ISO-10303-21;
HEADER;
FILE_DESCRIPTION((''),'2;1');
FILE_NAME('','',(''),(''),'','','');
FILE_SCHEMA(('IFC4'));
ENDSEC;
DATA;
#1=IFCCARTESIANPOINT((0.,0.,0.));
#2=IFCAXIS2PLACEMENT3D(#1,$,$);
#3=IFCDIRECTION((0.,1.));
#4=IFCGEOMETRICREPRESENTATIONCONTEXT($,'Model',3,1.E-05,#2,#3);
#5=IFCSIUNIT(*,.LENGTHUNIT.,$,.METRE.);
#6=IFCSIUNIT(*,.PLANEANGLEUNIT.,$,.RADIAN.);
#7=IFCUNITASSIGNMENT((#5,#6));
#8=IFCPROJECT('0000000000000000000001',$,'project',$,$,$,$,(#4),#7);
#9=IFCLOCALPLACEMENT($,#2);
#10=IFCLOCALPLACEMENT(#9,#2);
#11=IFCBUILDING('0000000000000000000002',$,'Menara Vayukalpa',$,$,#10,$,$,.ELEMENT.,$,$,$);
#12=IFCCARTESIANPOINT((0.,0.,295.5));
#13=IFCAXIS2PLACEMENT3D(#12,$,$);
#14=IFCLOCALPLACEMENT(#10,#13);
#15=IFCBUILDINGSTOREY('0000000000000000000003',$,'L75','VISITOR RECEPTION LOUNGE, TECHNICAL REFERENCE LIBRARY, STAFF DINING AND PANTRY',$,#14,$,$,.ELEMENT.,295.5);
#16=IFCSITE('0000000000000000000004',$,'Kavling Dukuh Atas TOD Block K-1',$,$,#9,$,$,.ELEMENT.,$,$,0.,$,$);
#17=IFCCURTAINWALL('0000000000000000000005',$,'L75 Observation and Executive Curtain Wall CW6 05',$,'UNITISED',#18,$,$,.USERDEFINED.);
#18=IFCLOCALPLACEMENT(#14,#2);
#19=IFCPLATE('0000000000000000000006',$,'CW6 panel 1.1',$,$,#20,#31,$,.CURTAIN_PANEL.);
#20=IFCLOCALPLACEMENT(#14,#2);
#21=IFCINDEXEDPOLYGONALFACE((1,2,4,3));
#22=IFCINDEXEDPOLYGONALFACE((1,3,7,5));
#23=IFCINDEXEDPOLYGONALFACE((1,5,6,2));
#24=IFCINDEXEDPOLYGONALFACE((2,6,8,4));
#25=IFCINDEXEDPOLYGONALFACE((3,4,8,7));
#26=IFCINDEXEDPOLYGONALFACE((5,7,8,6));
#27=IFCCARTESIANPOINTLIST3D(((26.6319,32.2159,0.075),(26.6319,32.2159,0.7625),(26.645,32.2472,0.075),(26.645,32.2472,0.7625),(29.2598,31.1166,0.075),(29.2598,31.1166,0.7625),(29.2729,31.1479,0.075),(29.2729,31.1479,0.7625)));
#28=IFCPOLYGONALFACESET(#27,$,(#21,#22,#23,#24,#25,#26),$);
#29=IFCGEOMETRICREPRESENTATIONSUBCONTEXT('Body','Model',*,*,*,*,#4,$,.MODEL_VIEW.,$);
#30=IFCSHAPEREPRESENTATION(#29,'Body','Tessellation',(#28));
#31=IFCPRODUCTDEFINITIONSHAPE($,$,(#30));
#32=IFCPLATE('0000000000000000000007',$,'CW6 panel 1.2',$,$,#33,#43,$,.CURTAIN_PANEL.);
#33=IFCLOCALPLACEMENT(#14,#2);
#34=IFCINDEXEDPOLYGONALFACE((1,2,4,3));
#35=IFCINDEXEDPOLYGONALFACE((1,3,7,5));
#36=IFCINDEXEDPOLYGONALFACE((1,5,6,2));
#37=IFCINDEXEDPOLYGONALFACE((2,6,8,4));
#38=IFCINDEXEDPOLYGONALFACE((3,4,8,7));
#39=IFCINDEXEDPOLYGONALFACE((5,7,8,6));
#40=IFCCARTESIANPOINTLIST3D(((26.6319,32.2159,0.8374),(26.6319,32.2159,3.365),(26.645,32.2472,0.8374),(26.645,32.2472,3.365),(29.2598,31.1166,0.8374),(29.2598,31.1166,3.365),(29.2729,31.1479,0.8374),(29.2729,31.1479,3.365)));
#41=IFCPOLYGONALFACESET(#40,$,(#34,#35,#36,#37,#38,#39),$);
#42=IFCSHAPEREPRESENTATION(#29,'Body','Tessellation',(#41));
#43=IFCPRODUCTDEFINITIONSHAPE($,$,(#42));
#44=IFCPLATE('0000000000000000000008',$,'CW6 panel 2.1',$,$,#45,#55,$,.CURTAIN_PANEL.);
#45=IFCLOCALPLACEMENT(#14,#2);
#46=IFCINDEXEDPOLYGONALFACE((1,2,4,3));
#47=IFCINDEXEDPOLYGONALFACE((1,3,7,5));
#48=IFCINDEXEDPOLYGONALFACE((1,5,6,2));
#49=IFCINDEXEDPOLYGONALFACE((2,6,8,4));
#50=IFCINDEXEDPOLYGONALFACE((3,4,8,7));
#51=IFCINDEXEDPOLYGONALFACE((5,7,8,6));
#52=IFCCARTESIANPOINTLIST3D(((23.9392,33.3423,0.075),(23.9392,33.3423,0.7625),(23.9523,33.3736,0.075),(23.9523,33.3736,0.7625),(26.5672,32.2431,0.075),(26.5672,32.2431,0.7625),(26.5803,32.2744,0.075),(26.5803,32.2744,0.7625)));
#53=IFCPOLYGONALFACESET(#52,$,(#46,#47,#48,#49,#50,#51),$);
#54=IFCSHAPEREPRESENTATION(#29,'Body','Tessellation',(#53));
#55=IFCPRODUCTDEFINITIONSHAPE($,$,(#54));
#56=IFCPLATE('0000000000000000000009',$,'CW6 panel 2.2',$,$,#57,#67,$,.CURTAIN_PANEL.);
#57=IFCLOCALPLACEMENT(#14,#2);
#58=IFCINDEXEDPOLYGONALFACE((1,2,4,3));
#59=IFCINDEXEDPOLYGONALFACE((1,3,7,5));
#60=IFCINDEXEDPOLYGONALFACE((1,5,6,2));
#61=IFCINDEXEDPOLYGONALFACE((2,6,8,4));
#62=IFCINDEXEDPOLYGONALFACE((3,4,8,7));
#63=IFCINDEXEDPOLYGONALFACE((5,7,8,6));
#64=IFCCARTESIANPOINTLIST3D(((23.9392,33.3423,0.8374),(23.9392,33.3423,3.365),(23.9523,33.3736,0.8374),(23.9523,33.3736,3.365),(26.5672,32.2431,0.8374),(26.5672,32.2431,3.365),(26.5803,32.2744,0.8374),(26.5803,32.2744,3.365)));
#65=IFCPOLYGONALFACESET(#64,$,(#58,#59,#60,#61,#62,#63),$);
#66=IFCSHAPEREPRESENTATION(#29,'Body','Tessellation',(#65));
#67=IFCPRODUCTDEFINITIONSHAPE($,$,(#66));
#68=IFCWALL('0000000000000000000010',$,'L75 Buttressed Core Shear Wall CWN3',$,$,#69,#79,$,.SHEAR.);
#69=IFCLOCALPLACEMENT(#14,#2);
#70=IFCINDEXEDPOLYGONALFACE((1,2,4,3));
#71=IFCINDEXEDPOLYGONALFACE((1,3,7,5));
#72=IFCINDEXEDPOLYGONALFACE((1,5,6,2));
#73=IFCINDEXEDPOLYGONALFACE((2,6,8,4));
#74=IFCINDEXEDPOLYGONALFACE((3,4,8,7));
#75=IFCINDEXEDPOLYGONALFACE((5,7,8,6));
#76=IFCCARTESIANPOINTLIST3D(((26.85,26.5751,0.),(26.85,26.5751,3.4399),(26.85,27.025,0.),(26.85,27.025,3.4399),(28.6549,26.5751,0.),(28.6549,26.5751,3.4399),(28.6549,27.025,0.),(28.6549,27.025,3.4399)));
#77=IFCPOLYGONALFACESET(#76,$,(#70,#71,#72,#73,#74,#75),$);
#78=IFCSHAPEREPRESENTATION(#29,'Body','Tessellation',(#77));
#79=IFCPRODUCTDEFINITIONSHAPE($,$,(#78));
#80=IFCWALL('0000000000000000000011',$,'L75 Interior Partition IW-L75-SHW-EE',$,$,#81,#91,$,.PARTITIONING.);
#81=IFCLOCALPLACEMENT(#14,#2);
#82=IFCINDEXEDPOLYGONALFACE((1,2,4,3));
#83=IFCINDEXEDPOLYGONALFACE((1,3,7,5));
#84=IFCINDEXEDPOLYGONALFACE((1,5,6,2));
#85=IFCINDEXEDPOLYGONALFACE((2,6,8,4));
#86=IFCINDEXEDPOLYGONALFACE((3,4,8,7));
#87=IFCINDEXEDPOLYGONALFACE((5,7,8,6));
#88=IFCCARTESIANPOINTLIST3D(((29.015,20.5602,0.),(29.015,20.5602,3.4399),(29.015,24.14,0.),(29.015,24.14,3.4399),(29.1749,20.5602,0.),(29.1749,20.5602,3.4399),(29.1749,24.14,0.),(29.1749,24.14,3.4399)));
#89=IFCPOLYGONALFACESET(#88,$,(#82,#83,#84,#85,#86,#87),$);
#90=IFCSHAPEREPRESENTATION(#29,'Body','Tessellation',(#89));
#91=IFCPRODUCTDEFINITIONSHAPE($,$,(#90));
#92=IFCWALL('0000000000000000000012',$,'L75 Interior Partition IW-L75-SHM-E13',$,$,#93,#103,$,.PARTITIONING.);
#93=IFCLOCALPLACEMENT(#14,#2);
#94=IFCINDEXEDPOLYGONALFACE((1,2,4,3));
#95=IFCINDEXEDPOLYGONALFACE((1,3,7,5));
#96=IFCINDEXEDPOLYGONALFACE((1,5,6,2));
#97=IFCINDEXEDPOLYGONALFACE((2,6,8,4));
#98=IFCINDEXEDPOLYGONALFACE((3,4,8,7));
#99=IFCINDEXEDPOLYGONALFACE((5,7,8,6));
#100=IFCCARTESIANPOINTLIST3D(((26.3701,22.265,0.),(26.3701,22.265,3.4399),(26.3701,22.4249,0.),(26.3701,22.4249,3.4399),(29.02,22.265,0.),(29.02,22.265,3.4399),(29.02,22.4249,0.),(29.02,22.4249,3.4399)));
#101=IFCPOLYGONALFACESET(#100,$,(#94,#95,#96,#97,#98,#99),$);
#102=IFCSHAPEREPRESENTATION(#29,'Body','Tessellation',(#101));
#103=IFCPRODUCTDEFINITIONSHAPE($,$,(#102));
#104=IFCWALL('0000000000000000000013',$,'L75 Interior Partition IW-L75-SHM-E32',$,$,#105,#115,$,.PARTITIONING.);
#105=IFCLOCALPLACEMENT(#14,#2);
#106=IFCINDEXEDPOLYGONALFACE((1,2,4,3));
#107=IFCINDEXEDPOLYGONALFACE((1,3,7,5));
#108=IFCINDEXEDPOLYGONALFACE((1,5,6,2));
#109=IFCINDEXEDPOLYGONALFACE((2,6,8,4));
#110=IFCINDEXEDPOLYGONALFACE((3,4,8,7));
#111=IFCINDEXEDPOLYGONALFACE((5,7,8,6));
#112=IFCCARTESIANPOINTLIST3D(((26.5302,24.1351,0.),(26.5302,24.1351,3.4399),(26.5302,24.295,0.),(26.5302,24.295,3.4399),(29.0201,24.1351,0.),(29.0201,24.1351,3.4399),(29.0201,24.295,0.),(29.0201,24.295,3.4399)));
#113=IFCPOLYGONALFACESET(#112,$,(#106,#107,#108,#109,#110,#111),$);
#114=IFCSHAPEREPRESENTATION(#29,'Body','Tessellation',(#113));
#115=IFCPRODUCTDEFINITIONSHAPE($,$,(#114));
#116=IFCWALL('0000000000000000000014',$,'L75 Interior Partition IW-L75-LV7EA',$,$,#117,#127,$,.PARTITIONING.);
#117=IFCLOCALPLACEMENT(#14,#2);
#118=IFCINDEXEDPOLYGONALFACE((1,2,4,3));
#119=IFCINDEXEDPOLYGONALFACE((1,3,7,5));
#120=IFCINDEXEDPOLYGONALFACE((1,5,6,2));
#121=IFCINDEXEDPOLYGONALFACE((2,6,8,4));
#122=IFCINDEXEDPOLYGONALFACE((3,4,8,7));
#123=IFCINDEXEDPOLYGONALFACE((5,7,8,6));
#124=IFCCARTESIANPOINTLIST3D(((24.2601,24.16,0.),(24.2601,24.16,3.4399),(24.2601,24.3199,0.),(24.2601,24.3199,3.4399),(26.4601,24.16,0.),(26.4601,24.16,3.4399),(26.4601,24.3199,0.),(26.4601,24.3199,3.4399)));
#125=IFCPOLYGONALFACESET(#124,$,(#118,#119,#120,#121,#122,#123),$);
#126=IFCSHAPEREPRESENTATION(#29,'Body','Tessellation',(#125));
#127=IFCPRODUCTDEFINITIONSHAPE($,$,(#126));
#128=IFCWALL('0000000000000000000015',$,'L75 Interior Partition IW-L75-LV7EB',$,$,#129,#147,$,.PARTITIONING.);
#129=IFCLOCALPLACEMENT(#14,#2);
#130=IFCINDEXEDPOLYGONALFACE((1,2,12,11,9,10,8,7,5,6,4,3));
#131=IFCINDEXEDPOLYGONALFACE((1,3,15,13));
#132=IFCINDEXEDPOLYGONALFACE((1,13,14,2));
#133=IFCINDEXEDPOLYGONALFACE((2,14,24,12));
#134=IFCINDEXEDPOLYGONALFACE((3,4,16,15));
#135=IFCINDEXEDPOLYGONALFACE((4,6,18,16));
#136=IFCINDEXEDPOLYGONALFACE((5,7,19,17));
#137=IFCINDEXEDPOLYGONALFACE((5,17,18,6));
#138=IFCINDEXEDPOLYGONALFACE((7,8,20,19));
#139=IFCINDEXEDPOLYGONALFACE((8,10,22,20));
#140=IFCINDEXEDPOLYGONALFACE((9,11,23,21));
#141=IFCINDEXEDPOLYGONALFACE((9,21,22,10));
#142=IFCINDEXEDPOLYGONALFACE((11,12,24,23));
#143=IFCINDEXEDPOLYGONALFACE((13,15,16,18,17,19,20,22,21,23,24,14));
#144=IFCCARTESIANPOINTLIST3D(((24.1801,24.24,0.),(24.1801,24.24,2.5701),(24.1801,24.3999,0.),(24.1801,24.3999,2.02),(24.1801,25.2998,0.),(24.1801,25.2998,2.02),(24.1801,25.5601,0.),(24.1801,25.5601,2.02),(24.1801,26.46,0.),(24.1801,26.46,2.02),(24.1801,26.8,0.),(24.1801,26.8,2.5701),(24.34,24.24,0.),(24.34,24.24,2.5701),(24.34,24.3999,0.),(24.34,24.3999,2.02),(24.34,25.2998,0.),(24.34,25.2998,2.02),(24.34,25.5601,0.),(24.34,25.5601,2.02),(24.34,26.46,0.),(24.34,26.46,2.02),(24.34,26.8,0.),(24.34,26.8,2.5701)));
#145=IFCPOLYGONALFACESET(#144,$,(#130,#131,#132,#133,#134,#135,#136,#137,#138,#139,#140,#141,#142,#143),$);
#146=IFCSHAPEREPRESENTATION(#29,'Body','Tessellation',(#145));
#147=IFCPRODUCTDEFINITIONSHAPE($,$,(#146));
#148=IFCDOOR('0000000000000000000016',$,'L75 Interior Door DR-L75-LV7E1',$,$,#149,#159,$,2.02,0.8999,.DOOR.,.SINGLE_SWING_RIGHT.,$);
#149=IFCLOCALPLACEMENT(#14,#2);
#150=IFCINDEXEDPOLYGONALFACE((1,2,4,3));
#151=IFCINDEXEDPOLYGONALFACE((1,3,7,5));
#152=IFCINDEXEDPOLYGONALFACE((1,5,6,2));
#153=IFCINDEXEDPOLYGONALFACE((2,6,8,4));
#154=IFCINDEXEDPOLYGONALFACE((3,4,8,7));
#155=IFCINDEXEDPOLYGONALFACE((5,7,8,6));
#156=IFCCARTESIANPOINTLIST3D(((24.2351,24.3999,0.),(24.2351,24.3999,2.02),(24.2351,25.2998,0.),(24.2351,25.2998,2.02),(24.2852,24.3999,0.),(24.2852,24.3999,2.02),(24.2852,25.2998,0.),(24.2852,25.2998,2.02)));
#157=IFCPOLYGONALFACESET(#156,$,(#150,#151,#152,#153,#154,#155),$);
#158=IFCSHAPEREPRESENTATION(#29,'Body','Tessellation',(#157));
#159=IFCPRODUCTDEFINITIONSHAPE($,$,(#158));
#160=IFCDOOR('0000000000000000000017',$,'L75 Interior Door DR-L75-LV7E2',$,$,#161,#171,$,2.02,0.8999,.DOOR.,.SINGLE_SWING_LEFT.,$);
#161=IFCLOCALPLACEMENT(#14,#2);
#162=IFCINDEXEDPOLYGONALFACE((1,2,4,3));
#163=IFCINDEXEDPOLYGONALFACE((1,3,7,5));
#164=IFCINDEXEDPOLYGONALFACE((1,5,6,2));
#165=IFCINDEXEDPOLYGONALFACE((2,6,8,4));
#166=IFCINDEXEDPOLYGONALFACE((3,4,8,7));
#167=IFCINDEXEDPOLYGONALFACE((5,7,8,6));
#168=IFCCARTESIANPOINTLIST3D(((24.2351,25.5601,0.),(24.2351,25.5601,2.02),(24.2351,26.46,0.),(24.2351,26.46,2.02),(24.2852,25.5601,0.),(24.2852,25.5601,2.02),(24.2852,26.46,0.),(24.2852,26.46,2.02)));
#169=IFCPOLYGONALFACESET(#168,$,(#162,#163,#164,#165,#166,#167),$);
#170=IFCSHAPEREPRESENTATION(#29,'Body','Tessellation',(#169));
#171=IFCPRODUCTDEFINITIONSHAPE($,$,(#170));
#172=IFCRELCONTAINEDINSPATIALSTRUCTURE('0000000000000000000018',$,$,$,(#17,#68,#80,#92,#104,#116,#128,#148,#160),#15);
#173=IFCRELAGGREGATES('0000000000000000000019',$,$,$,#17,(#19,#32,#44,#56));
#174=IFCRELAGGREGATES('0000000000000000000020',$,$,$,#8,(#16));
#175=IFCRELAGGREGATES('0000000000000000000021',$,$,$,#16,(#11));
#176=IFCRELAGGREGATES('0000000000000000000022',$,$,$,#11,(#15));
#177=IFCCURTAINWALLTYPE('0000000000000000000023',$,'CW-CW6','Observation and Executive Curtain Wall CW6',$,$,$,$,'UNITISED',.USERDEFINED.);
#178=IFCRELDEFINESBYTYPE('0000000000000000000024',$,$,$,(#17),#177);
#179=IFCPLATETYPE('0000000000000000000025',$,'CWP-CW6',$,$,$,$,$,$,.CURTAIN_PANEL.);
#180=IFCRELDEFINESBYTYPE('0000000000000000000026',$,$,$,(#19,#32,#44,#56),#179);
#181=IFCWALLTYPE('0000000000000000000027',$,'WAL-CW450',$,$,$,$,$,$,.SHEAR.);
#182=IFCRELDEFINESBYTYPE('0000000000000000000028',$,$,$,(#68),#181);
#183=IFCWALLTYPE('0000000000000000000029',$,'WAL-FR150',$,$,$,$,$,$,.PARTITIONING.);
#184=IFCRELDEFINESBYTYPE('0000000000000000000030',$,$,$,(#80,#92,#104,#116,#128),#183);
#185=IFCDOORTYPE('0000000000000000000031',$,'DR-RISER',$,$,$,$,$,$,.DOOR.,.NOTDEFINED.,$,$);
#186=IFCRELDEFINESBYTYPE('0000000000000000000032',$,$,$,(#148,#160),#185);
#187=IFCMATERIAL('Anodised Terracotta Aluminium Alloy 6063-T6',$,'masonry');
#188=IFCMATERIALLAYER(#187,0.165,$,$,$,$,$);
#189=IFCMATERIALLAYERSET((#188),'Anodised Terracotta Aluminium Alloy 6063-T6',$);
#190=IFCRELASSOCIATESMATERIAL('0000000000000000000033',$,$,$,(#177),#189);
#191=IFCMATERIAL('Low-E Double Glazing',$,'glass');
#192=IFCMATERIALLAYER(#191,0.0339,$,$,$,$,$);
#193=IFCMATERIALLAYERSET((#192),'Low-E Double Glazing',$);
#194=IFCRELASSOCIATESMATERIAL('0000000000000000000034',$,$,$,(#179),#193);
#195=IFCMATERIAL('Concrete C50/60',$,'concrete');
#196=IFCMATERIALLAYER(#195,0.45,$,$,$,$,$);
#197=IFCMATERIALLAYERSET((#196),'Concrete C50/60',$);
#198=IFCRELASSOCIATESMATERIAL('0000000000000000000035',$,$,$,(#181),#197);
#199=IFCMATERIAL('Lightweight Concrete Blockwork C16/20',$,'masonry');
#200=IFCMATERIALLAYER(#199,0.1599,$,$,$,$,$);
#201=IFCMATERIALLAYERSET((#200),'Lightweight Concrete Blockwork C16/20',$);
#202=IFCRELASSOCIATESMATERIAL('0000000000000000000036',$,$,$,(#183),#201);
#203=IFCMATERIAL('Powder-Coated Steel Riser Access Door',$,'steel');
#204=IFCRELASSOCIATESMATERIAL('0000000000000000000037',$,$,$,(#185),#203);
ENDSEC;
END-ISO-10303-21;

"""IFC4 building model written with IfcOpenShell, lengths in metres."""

from ifc_helpers import new_model, si_unit, direction, frame, frame_2d, origin, origin_2d, place, context, subcontext, project, spatial, rectangle, extrude, material, layer, layer_set, type_object, element, fill, aggregate, save


model = new_model("IFC4")

# Units and contexts
model_context = context("Model", 3, precision=1e-05, world=origin(), true_north=direction((0.0, 1.0)))
body_context = subcontext(model_context, "Body", "Model", "MODEL_VIEW")
ifc_project = project(units=[si_unit("LENGTHUNIT", "METRE"), si_unit("PLANEANGLEUNIT", "RADIAN")], contexts=[model_context])

# Site, building, storey
site_placement = place(None, origin())
site = spatial("IfcSite", under=ifc_project, at=site_placement, Name="Kavling Dukuh Atas TOD Block K-1", CompositionType="ELEMENT", RefElevation=0.0)
building_placement = place(site_placement, origin())
building = spatial("IfcBuilding", under=site, at=building_placement, Name="Menara Vayukalpa", CompositionType="ELEMENT")
storey_placement = place(building_placement, frame((0.0, 0.0, 295.5)))
storey = spatial("IfcBuildingStorey", under=building, at=storey_placement, Name="L75", Description="VISITOR RECEPTION LOUNGE, TECHNICAL REFERENCE LIBRARY, STAFF DINING AND PANTRY", CompositionType="ELEMENT", Elevation=295.5)

# Shared definitions
ifc_material_1 = material(Name="Anodised Terracotta Aluminium Alloy 6063-T6", Category="masonry")
ifc_layer_1 = layer(ifc_material_1, 0.165)
ifc_layer_set_1 = layer_set([ifc_layer_1], Name="Anodised Terracotta Aluminium Alloy 6063-T6")
curtain_wall_type = type_object("IfcCurtainWallType", Name="CW-CW6", Description="Observation and Executive Curtain Wall CW6", ElementType="UNITISED", PredefinedType="USERDEFINED", material=ifc_layer_set_1)

# Curtain wall, plates
curtain_wall_1_placement = place(storey_placement, origin())
curtain_wall_1 = element("IfcCurtainWall", 1, at=curtain_wall_1_placement, inside=storey, type_object=curtain_wall_type, Name="L75 Observation and Executive Curtain Wall CW6 05", ObjectType="UNITISED", PredefinedType="USERDEFINED")
ifc_material_2 = material(Name="Low-E Double Glazing", Category="glass")
ifc_layer_2 = layer(ifc_material_2, 0.0339)
ifc_layer_set_2 = layer_set([ifc_layer_2], Name="Low-E Double Glazing")
plate_type = type_object("IfcPlateType", Name="CWP-CW6", PredefinedType="CURTAIN_PANEL", material=ifc_layer_set_2)
plate_1_placement = place(storey_placement, frame((27.9524, 31.6819, 0.075), z_axis=(0.0, 0.0, 1.0), x_axis=(-0.922541, 0.3859, 0.0)))
plate_1 = element("IfcPlate", 2, at=plate_1_placement, type_object=plate_type, Name="CW6 panel 1.1", PredefinedType="CURTAIN_PANEL", context=body_context, shape_type="SweptSolid", body=[
    extrude(rectangle(XDim=2.8486, YDim=0.0339, at=origin_2d()), origin(), (0.0, 0.0, 1.0), 0.6875),
])
plate_2_placement = place(storey_placement, frame((27.9524, 31.6819, 0.8374), z_axis=(0.0, 0.0, 1.0), x_axis=(-0.922541, 0.3859, 0.0)))
plate_2 = element("IfcPlate", 3, at=plate_2_placement, type_object=plate_type, Name="CW6 panel 1.2", PredefinedType="CURTAIN_PANEL", context=body_context, shape_type="SweptSolid", body=[
    extrude(rectangle(XDim=2.8486, YDim=0.0339, at=origin_2d()), origin(), (0.0, 0.0, 1.0), 2.5276),
])
plate_3_placement = place(storey_placement, frame((25.2598, 32.8083, 0.075), z_axis=(0.0, 0.0, 1.0), x_axis=(-0.922541, 0.3859, 0.0)))
plate_3 = element("IfcPlate", 4, at=plate_3_placement, type_object=plate_type, Name="CW6 panel 2.1", PredefinedType="CURTAIN_PANEL", context=body_context, shape_type="SweptSolid", body=[
    extrude(rectangle(XDim=2.8486, YDim=0.0339, at=origin_2d()), origin(), (0.0, 0.0, 1.0), 0.6875),
])
plate_4_placement = place(storey_placement, frame((25.2598, 32.8083, 0.8374), z_axis=(0.0, 0.0, 1.0), x_axis=(-0.922541, 0.3859, 0.0)))
plate_4 = element("IfcPlate", 5, at=plate_4_placement, type_object=plate_type, Name="CW6 panel 2.2", PredefinedType="CURTAIN_PANEL", context=body_context, shape_type="SweptSolid", body=[
    extrude(rectangle(XDim=2.8486, YDim=0.0339, at=origin_2d()), origin(), (0.0, 0.0, 1.0), 2.5276),
])
aggregate(curtain_wall_1, [plate_1, plate_2, plate_3, plate_4])

# Walls
ifc_material_3 = material(Name="Concrete C50/60", Category="concrete")
ifc_layer_3 = layer(ifc_material_3, 0.45)
ifc_layer_set_3 = layer_set([ifc_layer_3], Name="Concrete C50/60")
wall_type_1 = type_object("IfcWallType", Name="WAL-CW450", PredefinedType="SHEAR", material=ifc_layer_set_3)
wall_1_placement = place(storey_placement, frame((26.8501, 26.8, 0.0), z_axis=(0.0, 0.0, 1.0), x_axis=(1.0, 0.0, 0.0)))
element("IfcWall", 6, at=wall_1_placement, inside=storey, type_object=wall_type_1, Name="L75 Buttressed Core Shear Wall CWN3", PredefinedType="SHEAR", context=body_context, shape_type="SweptSolid", body=[
    extrude(rectangle(XDim=1.8049, YDim=0.45, at=frame_2d((0.9023, 0.0))), origin(), (0.0, 0.0, 1.0), 3.4399),
])
ifc_material_4 = material(Name="Lightweight Concrete Blockwork C16/20", Category="masonry")
ifc_layer_4 = layer(ifc_material_4, 0.1599)
ifc_layer_set_4 = layer_set([ifc_layer_4], Name="Lightweight Concrete Blockwork C16/20")
wall_type_2 = type_object("IfcWallType", Name="WAL-FR150", PredefinedType="PARTITIONING", material=ifc_layer_set_4)
wall_2_placement = place(storey_placement, frame((29.095, 20.5601, 0.0), z_axis=(0.0, 0.0, 1.0), x_axis=(0.0, 1.0, 0.0)))
element("IfcWall", 7, at=wall_2_placement, inside=storey, type_object=wall_type_2, Name="L75 Interior Partition IW-L75-SHW-EE", PredefinedType="PARTITIONING", context=body_context, shape_type="SweptSolid", body=[
    extrude(rectangle(XDim=3.5798, YDim=0.1599, at=frame_2d((1.79, 0.0))), origin(), (0.0, 0.0, 1.0), 3.4399),
])
wall_3_placement = place(storey_placement, frame((26.3701, 22.345, 0.0), z_axis=(0.0, 0.0, 1.0), x_axis=(1.0, 0.0, 0.0)))
element("IfcWall", 8, at=wall_3_placement, inside=storey, type_object=wall_type_2, Name="L75 Interior Partition IW-L75-SHM-E13", PredefinedType="PARTITIONING", context=body_context, shape_type="SweptSolid", body=[
    extrude(rectangle(XDim=2.6499, YDim=0.1599, at=frame_2d((1.325, 0.0))), origin(), (0.0, 0.0, 1.0), 3.4399),
])
wall_4_placement = place(storey_placement, frame((26.53, 24.2151, 0.0), z_axis=(0.0, 0.0, 1.0), x_axis=(1.0, 0.0, 0.0)))
element("IfcWall", 9, at=wall_4_placement, inside=storey, type_object=wall_type_2, Name="L75 Interior Partition IW-L75-SHM-E32", PredefinedType="PARTITIONING", context=body_context, shape_type="SweptSolid", body=[
    extrude(rectangle(XDim=2.49, YDim=0.1599, at=frame_2d((1.2451, 0.0))), origin(), (0.0, 0.0, 1.0), 3.4399),
])
wall_5_placement = place(storey_placement, frame((24.26, 24.24, 0.0), z_axis=(0.0, 0.0, 1.0), x_axis=(1.0, 0.0, 0.0)))
element("IfcWall", 10, at=wall_5_placement, inside=storey, type_object=wall_type_2, Name="L75 Interior Partition IW-L75-LV7EA", PredefinedType="PARTITIONING", context=body_context, shape_type="SweptSolid", body=[
    extrude(rectangle(XDim=2.2, YDim=0.1599, at=frame_2d((1.1001, 0.0))), origin(), (0.0, 0.0, 1.0), 3.4399),
])

# Wall, openings, doors
wall_6_placement = place(storey_placement, frame((24.26, 24.24, 0.0), z_axis=(0.0, 0.0, 1.0), x_axis=(0.0, 1.0, 0.0)))
wall_6 = element("IfcWall", 11, at=wall_6_placement, inside=storey, type_object=wall_type_2, Name="L75 Interior Partition IW-L75-LV7EB", PredefinedType="PARTITIONING", context=body_context, shape_type="SweptSolid", body=[
    extrude(rectangle(XDim=2.5601, YDim=0.1599, at=frame_2d((1.28, 0.0))), origin(), (0.0, 0.0, 1.0), 2.5701),
])
opening_1_placement = place(wall_6_placement, frame((0.1599, 0.0, 0.0)))
opening_1 = element("IfcOpeningElement", 12, at=opening_1_placement, cuts=wall_6, PredefinedType="OPENING", context=body_context, shape_type="SweptSolid", body=[
    extrude(rectangle(XDim=0.8999, YDim=2.02, at=frame_2d((0.45, 1.01))), frame((0.0, 0.0898, 0.0), z_axis=(0.0, -1.0, 0.0), x_axis=(1.0, 0.0, 0.0)), (0.0, 0.0, 1.0), 0.1799),
])
opening_2_placement = place(wall_6_placement, frame((1.3201, 0.0, 0.0)))
opening_2 = element("IfcOpeningElement", 13, at=opening_2_placement, cuts=wall_6, PredefinedType="OPENING", context=body_context, shape_type="SweptSolid", body=[
    extrude(rectangle(XDim=0.8999, YDim=2.02, at=frame_2d((0.45, 1.01))), frame((0.0, 0.0898, 0.0), z_axis=(0.0, -1.0, 0.0), x_axis=(1.0, 0.0, 0.0)), (0.0, 0.0, 1.0), 0.1799),
])
ifc_material_5 = material(Name="Powder-Coated Steel Riser Access Door", Category="steel")
door_type_1 = type_object("IfcDoorType", Name="DR-RISER", OperationType="NOTDEFINED", PredefinedType="DOOR", material=ifc_material_5)
door_1_placement = place(opening_1_placement, origin())
door_1 = element("IfcDoor", 14, at=door_1_placement, inside=storey, type_object=door_type_1, Name="L75 Interior Door DR-L75-LV7E1", OperationType="SINGLE_SWING_RIGHT", OverallHeight=2.02, OverallWidth=0.8999, PredefinedType="DOOR", context=body_context, shape_type="SweptSolid", body=[
    extrude(rectangle(XDim=0.8999, YDim=2.02, at=frame_2d((0.45, 1.01))), frame((0.0, 0.0249, 0.0), z_axis=(0.0, -1.0, 0.0), x_axis=(1.0, 0.0, 0.0)), (0.0, 0.0, 1.0), 0.05),
])
fill(opening_1, door_1)
door_2_placement = place(opening_2_placement, origin())
door_2 = element("IfcDoor", 15, at=door_2_placement, inside=storey, type_object=door_type_1, Name="L75 Interior Door DR-L75-LV7E2", OperationType="SINGLE_SWING_LEFT", OverallHeight=2.02, OverallWidth=0.8999, PredefinedType="DOOR", context=body_context, shape_type="SweptSolid", body=[
    extrude(rectangle(XDim=0.8999, YDim=2.02, at=frame_2d((0.45, 1.01))), frame((0.0, 0.0249, 0.0), z_axis=(0.0, -1.0, 0.0), x_axis=(1.0, 0.0, 0.0)), (0.0, 0.0, 1.0), 0.05),
])
fill(opening_2, door_2)

save(model, "model.ifc")
